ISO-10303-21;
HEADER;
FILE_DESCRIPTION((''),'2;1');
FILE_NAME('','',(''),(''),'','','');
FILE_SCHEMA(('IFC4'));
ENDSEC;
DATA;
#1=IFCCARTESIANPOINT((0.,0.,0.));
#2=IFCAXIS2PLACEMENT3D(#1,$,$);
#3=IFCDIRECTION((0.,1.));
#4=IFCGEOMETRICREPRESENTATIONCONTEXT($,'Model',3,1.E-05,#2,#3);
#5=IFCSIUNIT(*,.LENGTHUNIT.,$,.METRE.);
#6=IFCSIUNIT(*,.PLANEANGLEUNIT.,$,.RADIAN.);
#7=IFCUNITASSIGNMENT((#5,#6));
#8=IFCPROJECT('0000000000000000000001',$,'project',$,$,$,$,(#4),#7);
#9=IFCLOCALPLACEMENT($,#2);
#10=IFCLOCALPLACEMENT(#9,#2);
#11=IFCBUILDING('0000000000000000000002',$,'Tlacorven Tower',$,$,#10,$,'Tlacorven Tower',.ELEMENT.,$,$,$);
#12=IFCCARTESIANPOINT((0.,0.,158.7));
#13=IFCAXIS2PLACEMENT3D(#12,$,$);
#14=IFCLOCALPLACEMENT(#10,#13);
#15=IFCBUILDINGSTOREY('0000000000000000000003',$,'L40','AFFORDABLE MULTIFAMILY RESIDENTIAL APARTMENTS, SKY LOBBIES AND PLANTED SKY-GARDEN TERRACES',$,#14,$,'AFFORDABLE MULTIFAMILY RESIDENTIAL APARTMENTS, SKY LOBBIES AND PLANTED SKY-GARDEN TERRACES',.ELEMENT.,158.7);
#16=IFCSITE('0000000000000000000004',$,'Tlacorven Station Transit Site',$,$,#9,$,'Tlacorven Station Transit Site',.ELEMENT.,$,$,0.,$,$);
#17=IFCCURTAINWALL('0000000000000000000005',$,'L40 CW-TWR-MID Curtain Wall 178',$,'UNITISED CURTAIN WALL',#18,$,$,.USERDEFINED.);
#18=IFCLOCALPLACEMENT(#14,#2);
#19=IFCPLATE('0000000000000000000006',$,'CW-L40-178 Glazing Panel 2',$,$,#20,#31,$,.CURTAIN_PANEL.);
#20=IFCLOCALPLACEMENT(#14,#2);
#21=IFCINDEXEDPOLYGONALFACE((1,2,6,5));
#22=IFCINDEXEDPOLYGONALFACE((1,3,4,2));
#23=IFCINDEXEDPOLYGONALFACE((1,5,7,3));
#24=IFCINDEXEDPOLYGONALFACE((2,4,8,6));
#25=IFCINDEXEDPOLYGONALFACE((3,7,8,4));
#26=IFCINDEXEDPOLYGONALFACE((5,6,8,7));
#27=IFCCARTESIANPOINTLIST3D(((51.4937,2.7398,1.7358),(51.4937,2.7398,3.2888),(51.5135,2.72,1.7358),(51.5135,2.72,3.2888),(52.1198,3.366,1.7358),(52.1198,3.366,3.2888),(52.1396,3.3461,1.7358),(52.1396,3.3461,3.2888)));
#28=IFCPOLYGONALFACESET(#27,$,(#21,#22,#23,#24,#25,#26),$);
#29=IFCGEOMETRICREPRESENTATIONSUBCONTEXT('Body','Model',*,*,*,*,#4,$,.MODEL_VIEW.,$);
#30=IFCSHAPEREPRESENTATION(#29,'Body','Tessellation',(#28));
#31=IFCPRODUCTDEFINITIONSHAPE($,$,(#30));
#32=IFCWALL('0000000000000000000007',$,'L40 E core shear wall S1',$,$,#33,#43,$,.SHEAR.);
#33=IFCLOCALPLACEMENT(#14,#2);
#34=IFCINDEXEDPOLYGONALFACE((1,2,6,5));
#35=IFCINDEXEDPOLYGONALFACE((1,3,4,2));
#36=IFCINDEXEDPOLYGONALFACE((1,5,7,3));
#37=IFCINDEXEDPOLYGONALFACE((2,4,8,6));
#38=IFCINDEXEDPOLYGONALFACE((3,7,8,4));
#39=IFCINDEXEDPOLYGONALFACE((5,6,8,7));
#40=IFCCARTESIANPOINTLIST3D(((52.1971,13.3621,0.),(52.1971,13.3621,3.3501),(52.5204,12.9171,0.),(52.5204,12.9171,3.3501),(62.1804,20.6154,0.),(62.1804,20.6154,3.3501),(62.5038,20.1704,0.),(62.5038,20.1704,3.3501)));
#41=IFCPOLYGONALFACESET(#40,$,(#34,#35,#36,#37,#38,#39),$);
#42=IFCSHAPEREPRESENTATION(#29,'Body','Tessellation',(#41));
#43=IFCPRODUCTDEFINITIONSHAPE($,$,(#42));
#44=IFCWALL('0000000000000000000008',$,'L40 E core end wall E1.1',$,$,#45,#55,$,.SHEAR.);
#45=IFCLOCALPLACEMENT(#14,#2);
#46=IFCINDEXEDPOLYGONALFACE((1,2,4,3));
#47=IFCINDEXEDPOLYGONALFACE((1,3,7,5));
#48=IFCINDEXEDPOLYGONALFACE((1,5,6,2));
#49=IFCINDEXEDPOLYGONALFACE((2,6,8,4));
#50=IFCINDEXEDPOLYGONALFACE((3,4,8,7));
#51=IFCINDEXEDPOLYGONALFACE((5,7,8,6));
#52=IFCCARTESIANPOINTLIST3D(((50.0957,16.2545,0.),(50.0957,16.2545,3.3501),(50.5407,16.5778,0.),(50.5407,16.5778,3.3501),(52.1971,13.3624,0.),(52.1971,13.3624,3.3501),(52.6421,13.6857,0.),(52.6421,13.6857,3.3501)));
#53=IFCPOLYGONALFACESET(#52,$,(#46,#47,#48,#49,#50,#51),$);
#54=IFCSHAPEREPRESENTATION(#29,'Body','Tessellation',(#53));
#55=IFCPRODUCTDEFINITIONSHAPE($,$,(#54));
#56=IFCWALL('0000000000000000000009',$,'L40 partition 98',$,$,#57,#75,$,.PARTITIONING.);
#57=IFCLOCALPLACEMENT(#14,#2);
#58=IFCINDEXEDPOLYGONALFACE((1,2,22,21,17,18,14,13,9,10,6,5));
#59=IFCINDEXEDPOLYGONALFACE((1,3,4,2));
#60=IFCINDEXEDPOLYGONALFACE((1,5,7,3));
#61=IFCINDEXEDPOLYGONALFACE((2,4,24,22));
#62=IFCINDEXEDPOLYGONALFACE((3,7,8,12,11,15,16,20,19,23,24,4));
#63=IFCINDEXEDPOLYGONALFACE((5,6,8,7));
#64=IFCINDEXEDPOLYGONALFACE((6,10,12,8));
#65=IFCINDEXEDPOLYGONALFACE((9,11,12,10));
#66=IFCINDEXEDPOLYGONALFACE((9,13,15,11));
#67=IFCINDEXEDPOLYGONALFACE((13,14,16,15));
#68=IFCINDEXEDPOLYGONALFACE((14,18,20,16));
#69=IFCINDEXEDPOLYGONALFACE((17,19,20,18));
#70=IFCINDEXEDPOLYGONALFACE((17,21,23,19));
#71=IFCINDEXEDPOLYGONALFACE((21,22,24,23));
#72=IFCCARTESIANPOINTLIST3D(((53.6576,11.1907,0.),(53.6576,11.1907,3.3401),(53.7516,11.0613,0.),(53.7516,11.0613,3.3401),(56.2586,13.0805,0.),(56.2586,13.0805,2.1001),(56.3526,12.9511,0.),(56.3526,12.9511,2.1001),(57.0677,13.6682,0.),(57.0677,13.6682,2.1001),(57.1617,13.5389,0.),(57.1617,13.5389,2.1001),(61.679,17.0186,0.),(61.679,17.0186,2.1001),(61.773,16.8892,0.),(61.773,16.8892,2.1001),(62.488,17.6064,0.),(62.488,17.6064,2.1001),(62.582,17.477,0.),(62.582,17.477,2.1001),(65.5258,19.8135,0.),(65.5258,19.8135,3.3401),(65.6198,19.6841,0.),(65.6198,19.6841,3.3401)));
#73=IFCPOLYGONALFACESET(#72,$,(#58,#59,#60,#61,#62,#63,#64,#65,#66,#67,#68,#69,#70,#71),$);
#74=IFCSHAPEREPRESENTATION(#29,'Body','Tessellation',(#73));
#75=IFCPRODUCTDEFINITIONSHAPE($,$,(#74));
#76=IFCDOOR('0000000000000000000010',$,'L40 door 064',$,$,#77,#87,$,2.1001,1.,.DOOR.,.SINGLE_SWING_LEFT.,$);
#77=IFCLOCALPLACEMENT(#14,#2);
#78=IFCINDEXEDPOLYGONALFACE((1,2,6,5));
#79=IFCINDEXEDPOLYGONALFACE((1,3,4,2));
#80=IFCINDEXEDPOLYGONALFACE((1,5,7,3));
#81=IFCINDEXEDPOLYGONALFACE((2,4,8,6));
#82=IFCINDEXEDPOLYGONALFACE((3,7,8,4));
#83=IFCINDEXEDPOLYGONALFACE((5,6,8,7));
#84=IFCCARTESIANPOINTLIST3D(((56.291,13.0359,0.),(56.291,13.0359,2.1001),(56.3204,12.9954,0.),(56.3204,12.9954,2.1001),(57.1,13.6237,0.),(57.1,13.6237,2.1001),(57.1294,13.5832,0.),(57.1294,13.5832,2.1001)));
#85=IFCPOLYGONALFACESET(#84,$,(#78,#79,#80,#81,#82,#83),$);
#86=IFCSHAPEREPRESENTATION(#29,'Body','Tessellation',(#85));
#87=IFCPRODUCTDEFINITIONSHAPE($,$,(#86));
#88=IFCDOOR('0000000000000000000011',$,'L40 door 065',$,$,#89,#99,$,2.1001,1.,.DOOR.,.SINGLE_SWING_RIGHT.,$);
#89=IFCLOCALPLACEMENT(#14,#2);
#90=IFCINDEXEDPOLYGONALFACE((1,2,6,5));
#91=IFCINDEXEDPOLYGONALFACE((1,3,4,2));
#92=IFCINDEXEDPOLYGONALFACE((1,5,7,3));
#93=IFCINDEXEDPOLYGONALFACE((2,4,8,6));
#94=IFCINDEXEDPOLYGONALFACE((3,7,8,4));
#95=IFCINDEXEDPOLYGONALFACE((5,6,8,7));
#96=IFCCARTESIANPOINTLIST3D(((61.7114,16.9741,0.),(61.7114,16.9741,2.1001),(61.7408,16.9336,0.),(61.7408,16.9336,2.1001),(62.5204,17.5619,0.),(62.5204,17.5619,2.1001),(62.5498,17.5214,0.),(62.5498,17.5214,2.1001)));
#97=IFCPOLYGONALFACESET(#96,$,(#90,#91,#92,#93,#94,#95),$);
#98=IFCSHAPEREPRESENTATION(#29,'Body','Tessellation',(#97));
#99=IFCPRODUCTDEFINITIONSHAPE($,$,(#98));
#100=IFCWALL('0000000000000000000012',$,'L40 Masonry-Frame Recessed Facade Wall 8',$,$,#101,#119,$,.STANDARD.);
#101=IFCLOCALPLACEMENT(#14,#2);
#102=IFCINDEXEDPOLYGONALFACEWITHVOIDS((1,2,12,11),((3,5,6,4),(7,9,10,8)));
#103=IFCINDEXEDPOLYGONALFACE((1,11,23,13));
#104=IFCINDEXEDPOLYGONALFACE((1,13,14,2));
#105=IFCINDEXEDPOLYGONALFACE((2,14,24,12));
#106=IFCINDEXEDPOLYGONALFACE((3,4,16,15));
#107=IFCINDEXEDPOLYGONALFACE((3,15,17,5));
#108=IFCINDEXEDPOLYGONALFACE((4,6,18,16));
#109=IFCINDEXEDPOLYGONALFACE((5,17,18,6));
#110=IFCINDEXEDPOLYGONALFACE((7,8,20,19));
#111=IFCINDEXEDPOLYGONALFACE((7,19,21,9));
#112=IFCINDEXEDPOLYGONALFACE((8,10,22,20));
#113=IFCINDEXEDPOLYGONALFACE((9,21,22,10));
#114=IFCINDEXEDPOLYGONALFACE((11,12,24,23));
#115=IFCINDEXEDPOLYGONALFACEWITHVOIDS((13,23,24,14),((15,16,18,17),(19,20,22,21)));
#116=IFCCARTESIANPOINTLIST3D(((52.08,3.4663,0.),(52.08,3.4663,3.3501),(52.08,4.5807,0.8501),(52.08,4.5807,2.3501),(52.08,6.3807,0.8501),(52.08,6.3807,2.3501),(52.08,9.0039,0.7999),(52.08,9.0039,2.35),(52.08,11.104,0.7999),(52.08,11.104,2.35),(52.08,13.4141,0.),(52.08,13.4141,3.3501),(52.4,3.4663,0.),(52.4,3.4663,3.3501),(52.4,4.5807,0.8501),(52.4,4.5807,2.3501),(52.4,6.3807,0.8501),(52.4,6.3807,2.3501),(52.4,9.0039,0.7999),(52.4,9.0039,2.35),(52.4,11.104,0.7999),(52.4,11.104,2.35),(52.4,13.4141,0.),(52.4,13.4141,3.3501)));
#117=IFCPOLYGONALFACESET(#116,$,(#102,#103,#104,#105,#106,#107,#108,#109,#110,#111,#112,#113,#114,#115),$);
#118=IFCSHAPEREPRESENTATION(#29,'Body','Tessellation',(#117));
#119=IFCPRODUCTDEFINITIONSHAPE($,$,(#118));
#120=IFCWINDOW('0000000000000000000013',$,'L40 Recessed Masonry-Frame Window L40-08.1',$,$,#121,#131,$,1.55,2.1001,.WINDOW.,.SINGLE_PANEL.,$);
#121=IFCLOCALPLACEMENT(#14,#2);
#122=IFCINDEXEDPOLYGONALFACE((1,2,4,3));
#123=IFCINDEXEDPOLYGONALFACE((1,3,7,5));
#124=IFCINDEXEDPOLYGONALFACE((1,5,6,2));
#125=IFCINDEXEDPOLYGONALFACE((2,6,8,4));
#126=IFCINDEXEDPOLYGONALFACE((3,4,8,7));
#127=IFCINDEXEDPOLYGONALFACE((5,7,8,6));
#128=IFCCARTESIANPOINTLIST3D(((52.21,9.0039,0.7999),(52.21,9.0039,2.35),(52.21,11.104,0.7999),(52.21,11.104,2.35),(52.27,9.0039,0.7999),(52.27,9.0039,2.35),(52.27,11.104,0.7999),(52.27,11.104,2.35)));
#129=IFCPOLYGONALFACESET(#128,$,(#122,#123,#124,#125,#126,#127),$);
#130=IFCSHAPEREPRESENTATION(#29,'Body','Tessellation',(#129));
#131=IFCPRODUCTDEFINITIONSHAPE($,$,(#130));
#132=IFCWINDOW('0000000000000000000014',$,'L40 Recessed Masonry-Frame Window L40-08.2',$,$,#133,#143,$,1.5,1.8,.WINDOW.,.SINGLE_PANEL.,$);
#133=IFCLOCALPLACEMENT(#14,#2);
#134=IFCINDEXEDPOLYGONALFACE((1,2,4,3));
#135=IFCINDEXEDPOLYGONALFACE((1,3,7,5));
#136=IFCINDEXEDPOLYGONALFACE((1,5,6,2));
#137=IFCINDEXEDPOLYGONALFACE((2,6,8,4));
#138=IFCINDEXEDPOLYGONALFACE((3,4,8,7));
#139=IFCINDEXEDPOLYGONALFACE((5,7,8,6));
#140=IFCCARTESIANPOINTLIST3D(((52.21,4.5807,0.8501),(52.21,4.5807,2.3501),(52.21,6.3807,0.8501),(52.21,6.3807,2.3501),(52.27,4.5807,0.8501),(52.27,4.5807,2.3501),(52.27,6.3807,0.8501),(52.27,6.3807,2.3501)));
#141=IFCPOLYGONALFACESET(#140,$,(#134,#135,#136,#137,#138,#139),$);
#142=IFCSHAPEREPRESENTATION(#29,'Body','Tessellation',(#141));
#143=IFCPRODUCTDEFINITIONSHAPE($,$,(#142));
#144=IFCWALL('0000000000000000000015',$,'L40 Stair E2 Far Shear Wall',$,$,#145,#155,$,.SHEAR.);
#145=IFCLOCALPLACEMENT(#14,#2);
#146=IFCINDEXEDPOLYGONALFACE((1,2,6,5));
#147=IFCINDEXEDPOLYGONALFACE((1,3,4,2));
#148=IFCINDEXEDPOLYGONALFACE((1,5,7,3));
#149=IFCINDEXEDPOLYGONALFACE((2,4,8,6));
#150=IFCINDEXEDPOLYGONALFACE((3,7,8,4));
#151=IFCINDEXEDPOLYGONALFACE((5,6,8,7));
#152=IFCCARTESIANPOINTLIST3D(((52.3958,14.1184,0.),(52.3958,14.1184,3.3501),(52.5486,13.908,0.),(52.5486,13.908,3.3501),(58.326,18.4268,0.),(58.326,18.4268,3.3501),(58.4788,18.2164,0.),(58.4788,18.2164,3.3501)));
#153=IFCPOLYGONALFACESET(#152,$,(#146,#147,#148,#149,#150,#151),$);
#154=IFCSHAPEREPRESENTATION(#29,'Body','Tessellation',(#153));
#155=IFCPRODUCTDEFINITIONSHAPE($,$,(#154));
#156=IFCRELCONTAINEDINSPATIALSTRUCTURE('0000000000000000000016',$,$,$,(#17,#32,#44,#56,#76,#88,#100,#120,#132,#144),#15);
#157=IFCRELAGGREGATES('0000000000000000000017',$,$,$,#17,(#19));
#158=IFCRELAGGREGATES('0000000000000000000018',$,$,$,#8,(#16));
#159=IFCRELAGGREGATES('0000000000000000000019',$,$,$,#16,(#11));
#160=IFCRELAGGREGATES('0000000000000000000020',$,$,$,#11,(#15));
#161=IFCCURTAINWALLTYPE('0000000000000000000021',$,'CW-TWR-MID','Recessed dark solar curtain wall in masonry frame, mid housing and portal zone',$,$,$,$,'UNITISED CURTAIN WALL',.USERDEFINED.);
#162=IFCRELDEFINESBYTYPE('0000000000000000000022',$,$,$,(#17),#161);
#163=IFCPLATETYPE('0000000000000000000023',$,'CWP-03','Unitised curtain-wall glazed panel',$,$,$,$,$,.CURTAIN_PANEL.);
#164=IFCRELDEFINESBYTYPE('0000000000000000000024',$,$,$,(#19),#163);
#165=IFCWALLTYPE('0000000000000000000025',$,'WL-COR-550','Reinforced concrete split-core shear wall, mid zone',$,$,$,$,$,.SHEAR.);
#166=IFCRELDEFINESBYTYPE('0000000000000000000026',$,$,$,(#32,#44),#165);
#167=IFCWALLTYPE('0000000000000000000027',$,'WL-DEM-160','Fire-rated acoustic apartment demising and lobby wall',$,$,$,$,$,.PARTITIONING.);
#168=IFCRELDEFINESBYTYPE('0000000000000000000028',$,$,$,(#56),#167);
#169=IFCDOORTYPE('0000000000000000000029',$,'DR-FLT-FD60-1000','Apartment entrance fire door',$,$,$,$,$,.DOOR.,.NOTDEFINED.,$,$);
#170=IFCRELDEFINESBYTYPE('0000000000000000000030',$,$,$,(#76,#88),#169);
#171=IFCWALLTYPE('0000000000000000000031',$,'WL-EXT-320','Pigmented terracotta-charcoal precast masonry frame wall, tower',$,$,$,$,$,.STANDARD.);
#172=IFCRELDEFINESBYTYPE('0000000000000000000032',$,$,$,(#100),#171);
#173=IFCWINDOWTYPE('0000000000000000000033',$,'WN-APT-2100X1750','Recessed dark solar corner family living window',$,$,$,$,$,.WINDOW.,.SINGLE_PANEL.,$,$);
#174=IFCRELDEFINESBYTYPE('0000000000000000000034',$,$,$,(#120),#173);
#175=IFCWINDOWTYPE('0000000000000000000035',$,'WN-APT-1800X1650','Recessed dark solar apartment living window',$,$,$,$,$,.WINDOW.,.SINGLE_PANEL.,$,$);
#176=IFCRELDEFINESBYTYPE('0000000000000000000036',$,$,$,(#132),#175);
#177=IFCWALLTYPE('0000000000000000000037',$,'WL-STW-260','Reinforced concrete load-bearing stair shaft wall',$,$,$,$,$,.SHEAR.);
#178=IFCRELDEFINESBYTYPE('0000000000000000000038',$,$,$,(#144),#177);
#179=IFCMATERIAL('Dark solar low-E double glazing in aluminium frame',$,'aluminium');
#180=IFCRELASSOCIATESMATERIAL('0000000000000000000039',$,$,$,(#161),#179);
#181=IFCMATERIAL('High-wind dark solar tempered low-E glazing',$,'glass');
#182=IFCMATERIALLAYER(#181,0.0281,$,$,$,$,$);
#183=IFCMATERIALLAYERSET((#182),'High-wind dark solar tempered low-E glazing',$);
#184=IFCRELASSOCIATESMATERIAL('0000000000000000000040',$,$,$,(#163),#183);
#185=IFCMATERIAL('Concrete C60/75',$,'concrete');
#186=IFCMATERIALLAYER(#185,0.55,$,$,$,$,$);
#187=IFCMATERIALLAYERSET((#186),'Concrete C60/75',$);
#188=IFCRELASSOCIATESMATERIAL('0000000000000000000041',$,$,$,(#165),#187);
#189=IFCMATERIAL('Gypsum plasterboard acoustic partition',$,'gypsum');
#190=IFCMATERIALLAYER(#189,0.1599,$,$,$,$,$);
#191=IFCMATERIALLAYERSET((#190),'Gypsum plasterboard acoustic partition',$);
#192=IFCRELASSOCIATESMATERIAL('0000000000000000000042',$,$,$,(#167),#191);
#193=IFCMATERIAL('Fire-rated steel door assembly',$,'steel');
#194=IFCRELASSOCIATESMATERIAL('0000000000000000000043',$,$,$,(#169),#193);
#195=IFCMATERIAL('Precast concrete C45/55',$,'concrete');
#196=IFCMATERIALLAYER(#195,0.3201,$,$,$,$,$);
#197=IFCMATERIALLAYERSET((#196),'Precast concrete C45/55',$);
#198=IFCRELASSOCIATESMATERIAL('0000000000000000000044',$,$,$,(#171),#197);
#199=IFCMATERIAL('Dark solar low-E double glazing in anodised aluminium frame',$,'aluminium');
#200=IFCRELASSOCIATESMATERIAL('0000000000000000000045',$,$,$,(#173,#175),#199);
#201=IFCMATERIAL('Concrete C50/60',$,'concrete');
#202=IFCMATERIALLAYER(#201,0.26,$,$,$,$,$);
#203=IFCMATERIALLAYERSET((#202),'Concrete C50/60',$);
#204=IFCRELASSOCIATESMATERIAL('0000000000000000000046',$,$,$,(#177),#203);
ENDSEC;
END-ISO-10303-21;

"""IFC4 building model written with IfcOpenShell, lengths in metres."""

from ifc_helpers import new_model, si_unit, direction, frame, frame_2d, origin, origin_2d, place, context, subcontext, project, spatial, rectangle, extrude, source, transform, mapped, material, layer, layer_set, type_object, element, fill, aggregate, save


model = new_model("IFC4")

# Units and contexts
model_context = context("Model", 3, precision=1e-05, world=origin(), true_north=direction((0.0, 1.0)))
body_context = subcontext(model_context, "Body", "Model", "MODEL_VIEW")
ifc_project = project(units=[si_unit("LENGTHUNIT", "METRE"), si_unit("PLANEANGLEUNIT", "RADIAN")], contexts=[model_context])

# Site, building, storey
site_placement = place(None, origin())
site = spatial("IfcSite", under=ifc_project, at=site_placement, Name="Tlacorven Station Transit Site", LongName="Tlacorven Station Transit Site", CompositionType="ELEMENT", RefElevation=0.0)
building_placement = place(site_placement, origin())
building = spatial("IfcBuilding", under=site, at=building_placement, Name="Tlacorven Tower", LongName="Tlacorven Tower", CompositionType="ELEMENT")
storey_placement = place(building_placement, frame((0.0, 0.0, 158.7)))
storey = spatial("IfcBuildingStorey", under=building, at=storey_placement, Name="L40", Description="AFFORDABLE MULTIFAMILY RESIDENTIAL APARTMENTS, SKY LOBBIES AND PLANTED SKY-GARDEN TERRACES", LongName="AFFORDABLE MULTIFAMILY RESIDENTIAL APARTMENTS, SKY LOBBIES AND PLANTED SKY-GARDEN TERRACES", CompositionType="ELEMENT", Elevation=158.7)

# Curtain wall, plate
ifc_material_1 = material(Name="Dark solar low-E double glazing in aluminium frame", Category="aluminium")
curtain_wall_type = type_object("IfcCurtainWallType", Name="CW-TWR-MID", Description="Recessed dark solar curtain wall in masonry frame, mid housing and portal zone", ElementType="UNITISED CURTAIN WALL", PredefinedType="USERDEFINED", material=ifc_material_1)
curtain_wall_placement = place(storey_placement, origin())
curtain_wall = element("IfcCurtainWall", 1, at=curtain_wall_placement, inside=storey, type_object=curtain_wall_type, Name="L40 CW-TWR-MID Curtain Wall 178", ObjectType="UNITISED CURTAIN WALL", PredefinedType="USERDEFINED")
ifc_material_2 = material(Name="High-wind dark solar tempered low-E glazing", Category="glass")
ifc_layer_1 = layer(ifc_material_2, 0.0281)
ifc_layer_set_1 = layer_set([ifc_layer_1], Name="High-wind dark solar tempered low-E glazing")
plate_type = type_object("IfcPlateType", Name="CWP-03", Description="Unitised curtain-wall glazed panel", PredefinedType="CURTAIN_PANEL", material=ifc_layer_set_1)
shared_shape_1 = source(origin(), body_context, "Body", "SweptSolid", [
    extrude(rectangle(XDim=0.8855, YDim=0.0281, at=origin_2d()), origin(), (0.0, 0.0, 1.0), 1.553),
])
plate_1_placement = place(storey_placement, frame((51.8167, 3.043, 1.7358), z_axis=(0.0, 0.0, 1.0), x_axis=(-0.707107, -0.707107, 0.0)))
plate_1 = element("IfcPlate", 2, at=plate_1_placement, type_object=plate_type, Name="CW-L40-178 Glazing Panel 2", PredefinedType="CURTAIN_PANEL", context=body_context, shape_type="MappedRepresentation", body=[
    mapped(shared_shape_1, transform((0.0, 0.0, 0.0), scale=1.0)),
])
aggregate(curtain_wall, [plate_1])

# Walls
ifc_material_3 = material(Name="Concrete C60/75", Category="concrete")
ifc_layer_2 = layer(ifc_material_3, 0.55)
ifc_layer_set_2 = layer_set([ifc_layer_2], Name="Concrete C60/75")
wall_type_1 = type_object("IfcWallType", Name="WL-COR-550", Description="Reinforced concrete split-core shear wall, mid zone", PredefinedType="SHEAR", material=ifc_layer_set_2)
wall_1_placement = place(storey_placement, frame((52.3589, 13.1396, 0.0), z_axis=(0.0, 0.0, 1.0), x_axis=(0.809015, 0.587788, 0.0)))
element("IfcWall", 3, at=wall_1_placement, inside=storey, type_object=wall_type_1, Name="L40 E core shear wall S1", PredefinedType="SHEAR", context=body_context, shape_type="SweptSolid", body=[
    extrude(rectangle(XDim=12.3401, YDim=0.55, at=frame_2d((6.1699, 0.0))), origin(), (0.0, 0.0, 1.0), 3.3501),
])
wall_2_placement = place(storey_placement, frame((52.4197, 13.5239, 0.0), z_axis=(0.0, 0.0, 1.0), x_axis=(-0.587802, 0.809005, 0.0)))
element("IfcWall", 4, at=wall_2_placement, inside=storey, type_object=wall_type_1, Name="L40 E core end wall E1.1", PredefinedType="SHEAR", context=body_context, shape_type="SweptSolid", body=[
    extrude(rectangle(XDim=3.575, YDim=0.55, at=frame_2d((1.7876, 0.0))), origin(), (0.0, 0.0, 1.0), 3.3501),
])

# Wall, openings, doors
ifc_material_4 = material(Name="Gypsum plasterboard acoustic partition", Category="gypsum")
ifc_layer_3 = layer(ifc_material_4, 0.1599)
ifc_layer_set_3 = layer_set([ifc_layer_3], Name="Gypsum plasterboard acoustic partition")
wall_type_2 = type_object("IfcWallType", Name="WL-DEM-160", Description="Fire-rated acoustic apartment demising and lobby wall", PredefinedType="PARTITIONING", material=ifc_layer_set_3)
wall_3_placement = place(storey_placement, frame((53.7046, 11.126, 0.0), z_axis=(0.0, 0.0, 1.0), x_axis=(0.809015, 0.587789, 0.0)))
wall_3 = element("IfcWall", 5, at=wall_3_placement, inside=storey, type_object=wall_type_2, Name="L40 partition 98", PredefinedType="PARTITIONING", context=body_context, shape_type="SweptSolid", body=[
    extrude(rectangle(XDim=14.6699, YDim=0.1599, at=frame_2d((7.335, 0.0))), origin(), (0.0, 0.0, 1.0), 3.3401),
])
opening_1_placement = place(wall_3_placement, frame((3.2151, 0.0, 0.0)))
opening_1 = element("IfcOpeningElement", 6, at=opening_1_placement, cuts=wall_3, PredefinedType="OPENING", context=body_context, shape_type="SweptSolid", body=[
    extrude(rectangle(XDim=1.0, YDim=2.1001, at=frame_2d((0.5, 1.05))), frame((0.0, 0.0898, 0.0), z_axis=(0.0, -1.0, 0.0), x_axis=(1.0, 0.0, 0.0)), (0.0, 0.0, 1.0), 0.1799),
])
opening_2_placement = place(wall_3_placement, frame((9.915, 0.0, 0.0)))
opening_2 = element("IfcOpeningElement", 7, at=opening_2_placement, cuts=wall_3, PredefinedType="OPENING", context=body_context, shape_type="SweptSolid", body=[
    extrude(rectangle(XDim=1.0, YDim=2.1001, at=frame_2d((0.5, 1.05))), frame((0.0, 0.0898, 0.0), z_axis=(0.0, -1.0, 0.0), x_axis=(1.0, 0.0, 0.0)), (0.0, 0.0, 1.0), 0.1799),
])
ifc_material_5 = material(Name="Fire-rated steel door assembly", Category="steel")
door_type = type_object("IfcDoorType", Name="DR-FLT-FD60-1000", Description="Apartment entrance fire door", OperationType="NOTDEFINED", PredefinedType="DOOR", material=ifc_material_5)
shared_shape_2 = source(origin(), body_context, "Body", "SweptSolid", [
    extrude(rectangle(XDim=1.0, YDim=2.1001, at=frame_2d((0.5, 1.05))), frame((0.0, 0.0249, 0.0), z_axis=(0.0, -1.0, 0.0), x_axis=(1.0, 0.0, 0.0)), (0.0, 0.0, 1.0), 0.05),
])
door_1_placement = place(opening_1_placement, origin())
door_1 = element("IfcDoor", 8, at=door_1_placement, inside=storey, type_object=door_type, Name="L40 door 064", OperationType="SINGLE_SWING_LEFT", OverallHeight=2.1001, OverallWidth=1.0, PredefinedType="DOOR", context=body_context, shape_type="MappedRepresentation", body=[
    mapped(shared_shape_2, transform((0.0, 0.0, 0.0), scale=1.0)),
])
fill(opening_1, door_1)
door_2_placement = place(opening_2_placement, origin())
door_2 = element("IfcDoor", 9, at=door_2_placement, inside=storey, type_object=door_type, Name="L40 door 065", OperationType="SINGLE_SWING_RIGHT", OverallHeight=2.1001, OverallWidth=1.0, PredefinedType="DOOR", context=body_context, shape_type="MappedRepresentation", body=[
    mapped(shared_shape_2, transform((0.0, 0.0, 0.0), scale=1.0)),
])
fill(opening_2, door_2)

# Wall, openings, windows
ifc_material_6 = material(Name="Precast concrete C45/55", Category="concrete")
ifc_layer_4 = layer(ifc_material_6, 0.3201)
ifc_layer_set_4 = layer_set([ifc_layer_4], Name="Precast concrete C45/55")
wall_type_3 = type_object("IfcWallType", Name="WL-EXT-320", Description="Pigmented terracotta-charcoal precast masonry frame wall, tower", PredefinedType="STANDARD", material=ifc_layer_set_4)
wall_4_placement = place(storey_placement, frame((52.24, 13.4141, 0.0), z_axis=(0.0, 0.0, 1.0), x_axis=(0.0, -1.0, 0.0)))
wall_4 = element("IfcWall", 10, at=wall_4_placement, inside=storey, type_object=wall_type_3, Name="L40 Masonry-Frame Recessed Facade Wall 8", PredefinedType="STANDARD", context=body_context, shape_type="SweptSolid", body=[
    extrude(rectangle(XDim=9.9478, YDim=0.3201, at=frame_2d((4.9739, 0.0))), origin(), (0.0, 0.0, 1.0), 3.3501),
])
opening_3_placement = place(wall_4_placement, frame((2.3101, 0.0, 0.8)))
opening_3 = element("IfcOpeningElement", 11, at=opening_3_placement, cuts=wall_4, PredefinedType="OPENING", context=body_context, shape_type="SweptSolid", body=[
    extrude(rectangle(XDim=2.1001, YDim=1.55, at=frame_2d((1.05, 0.7749))), frame((0.0, 0.1699, 0.0), z_axis=(0.0, -1.0, 0.0), x_axis=(1.0, 0.0, 0.0)), (0.0, 0.0, 1.0), 0.3401),
])
opening_4_placement = place(wall_4_placement, frame((7.0334, 0.0, 0.8501)))
opening_4 = element("IfcOpeningElement", 12, at=opening_4_placement, cuts=wall_4, PredefinedType="OPENING", context=body_context, shape_type="SweptSolid", body=[
    extrude(rectangle(XDim=1.8, YDim=1.5, at=frame_2d((0.8999, 0.75))), frame((0.0, 0.1699, 0.0), z_axis=(0.0, -1.0, 0.0), x_axis=(1.0, 0.0, 0.0)), (0.0, 0.0, 1.0), 0.3401),
])
ifc_material_7 = material(Name="Dark solar low-E double glazing in anodised aluminium frame", Category="aluminium")
window_type_1 = type_object("IfcWindowType", Name="WN-APT-2100X1750", Description="Recessed dark solar corner family living window", PartitioningType="SINGLE_PANEL", PredefinedType="WINDOW", material=ifc_material_7)
shared_shape_3 = source(origin(), body_context, "Body", "SweptSolid", [
    extrude(rectangle(XDim=2.1001, YDim=1.55, at=frame_2d((1.05, 0.7749))), frame((0.0, 0.03, 0.0), z_axis=(0.0, -1.0, 0.0), x_axis=(1.0, 0.0, 0.0)), (0.0, 0.0, 1.0), 0.0601),
])
window_1_placement = place(opening_3_placement, origin())
window_1 = element("IfcWindow", 13, at=window_1_placement, inside=storey, type_object=window_type_1, Name="L40 Recessed Masonry-Frame Window L40-08.1", OverallHeight=1.55, OverallWidth=2.1001, PartitioningType="SINGLE_PANEL", PredefinedType="WINDOW", context=body_context, shape_type="MappedRepresentation", body=[
    mapped(shared_shape_3, transform((0.0, 0.0, 0.0), scale=1.0)),
])
fill(opening_3, window_1)
window_type_2 = type_object("IfcWindowType", Name="WN-APT-1800X1650", Description="Recessed dark solar apartment living window", PartitioningType="SINGLE_PANEL", PredefinedType="WINDOW", material=ifc_material_7)
shared_shape_4 = source(origin(), body_context, "Body", "SweptSolid", [
    extrude(rectangle(XDim=1.8, YDim=1.5, at=frame_2d((0.8999, 0.75))), frame((0.0, 0.03, 0.0), z_axis=(0.0, -1.0, 0.0), x_axis=(1.0, 0.0, 0.0)), (0.0, 0.0, 1.0), 0.0601),
])
window_2_placement = place(opening_4_placement, origin())
window_2 = element("IfcWindow", 14, at=window_2_placement, inside=storey, type_object=window_type_2, Name="L40 Recessed Masonry-Frame Window L40-08.2", OverallHeight=1.5, OverallWidth=1.8, PartitioningType="SINGLE_PANEL", PredefinedType="WINDOW", context=body_context, shape_type="MappedRepresentation", body=[
    mapped(shared_shape_4, transform((0.0, 0.0, 0.0), scale=1.0)),
])
fill(opening_4, window_2)

# Wall
ifc_material_8 = material(Name="Concrete C50/60", Category="concrete")
ifc_layer_5 = layer(ifc_material_8, 0.26)
ifc_layer_set_5 = layer_set([ifc_layer_5], Name="Concrete C50/60")
wall_type_4 = type_object("IfcWallType", Name="WL-STW-260", Description="Reinforced concrete load-bearing stair shaft wall", PredefinedType="SHEAR", material=ifc_layer_set_5)
wall_5_placement = place(storey_placement, frame((52.4722, 14.0132, 0.0), z_axis=(0.0, 0.0, 1.0), x_axis=(0.809028, 0.58777, 0.0)))
element("IfcWall", 15, at=wall_5_placement, inside=storey, type_object=wall_type_4, Name="L40 Stair E2 Far Shear Wall", PredefinedType="SHEAR", context=body_context, shape_type="SweptSolid", body=[
    extrude(rectangle(XDim=7.3301, YDim=0.26, at=frame_2d((3.665, 0.0))), origin(), (0.0, 0.0, 1.0), 3.3501),
])

save(model, "model.ifc")
